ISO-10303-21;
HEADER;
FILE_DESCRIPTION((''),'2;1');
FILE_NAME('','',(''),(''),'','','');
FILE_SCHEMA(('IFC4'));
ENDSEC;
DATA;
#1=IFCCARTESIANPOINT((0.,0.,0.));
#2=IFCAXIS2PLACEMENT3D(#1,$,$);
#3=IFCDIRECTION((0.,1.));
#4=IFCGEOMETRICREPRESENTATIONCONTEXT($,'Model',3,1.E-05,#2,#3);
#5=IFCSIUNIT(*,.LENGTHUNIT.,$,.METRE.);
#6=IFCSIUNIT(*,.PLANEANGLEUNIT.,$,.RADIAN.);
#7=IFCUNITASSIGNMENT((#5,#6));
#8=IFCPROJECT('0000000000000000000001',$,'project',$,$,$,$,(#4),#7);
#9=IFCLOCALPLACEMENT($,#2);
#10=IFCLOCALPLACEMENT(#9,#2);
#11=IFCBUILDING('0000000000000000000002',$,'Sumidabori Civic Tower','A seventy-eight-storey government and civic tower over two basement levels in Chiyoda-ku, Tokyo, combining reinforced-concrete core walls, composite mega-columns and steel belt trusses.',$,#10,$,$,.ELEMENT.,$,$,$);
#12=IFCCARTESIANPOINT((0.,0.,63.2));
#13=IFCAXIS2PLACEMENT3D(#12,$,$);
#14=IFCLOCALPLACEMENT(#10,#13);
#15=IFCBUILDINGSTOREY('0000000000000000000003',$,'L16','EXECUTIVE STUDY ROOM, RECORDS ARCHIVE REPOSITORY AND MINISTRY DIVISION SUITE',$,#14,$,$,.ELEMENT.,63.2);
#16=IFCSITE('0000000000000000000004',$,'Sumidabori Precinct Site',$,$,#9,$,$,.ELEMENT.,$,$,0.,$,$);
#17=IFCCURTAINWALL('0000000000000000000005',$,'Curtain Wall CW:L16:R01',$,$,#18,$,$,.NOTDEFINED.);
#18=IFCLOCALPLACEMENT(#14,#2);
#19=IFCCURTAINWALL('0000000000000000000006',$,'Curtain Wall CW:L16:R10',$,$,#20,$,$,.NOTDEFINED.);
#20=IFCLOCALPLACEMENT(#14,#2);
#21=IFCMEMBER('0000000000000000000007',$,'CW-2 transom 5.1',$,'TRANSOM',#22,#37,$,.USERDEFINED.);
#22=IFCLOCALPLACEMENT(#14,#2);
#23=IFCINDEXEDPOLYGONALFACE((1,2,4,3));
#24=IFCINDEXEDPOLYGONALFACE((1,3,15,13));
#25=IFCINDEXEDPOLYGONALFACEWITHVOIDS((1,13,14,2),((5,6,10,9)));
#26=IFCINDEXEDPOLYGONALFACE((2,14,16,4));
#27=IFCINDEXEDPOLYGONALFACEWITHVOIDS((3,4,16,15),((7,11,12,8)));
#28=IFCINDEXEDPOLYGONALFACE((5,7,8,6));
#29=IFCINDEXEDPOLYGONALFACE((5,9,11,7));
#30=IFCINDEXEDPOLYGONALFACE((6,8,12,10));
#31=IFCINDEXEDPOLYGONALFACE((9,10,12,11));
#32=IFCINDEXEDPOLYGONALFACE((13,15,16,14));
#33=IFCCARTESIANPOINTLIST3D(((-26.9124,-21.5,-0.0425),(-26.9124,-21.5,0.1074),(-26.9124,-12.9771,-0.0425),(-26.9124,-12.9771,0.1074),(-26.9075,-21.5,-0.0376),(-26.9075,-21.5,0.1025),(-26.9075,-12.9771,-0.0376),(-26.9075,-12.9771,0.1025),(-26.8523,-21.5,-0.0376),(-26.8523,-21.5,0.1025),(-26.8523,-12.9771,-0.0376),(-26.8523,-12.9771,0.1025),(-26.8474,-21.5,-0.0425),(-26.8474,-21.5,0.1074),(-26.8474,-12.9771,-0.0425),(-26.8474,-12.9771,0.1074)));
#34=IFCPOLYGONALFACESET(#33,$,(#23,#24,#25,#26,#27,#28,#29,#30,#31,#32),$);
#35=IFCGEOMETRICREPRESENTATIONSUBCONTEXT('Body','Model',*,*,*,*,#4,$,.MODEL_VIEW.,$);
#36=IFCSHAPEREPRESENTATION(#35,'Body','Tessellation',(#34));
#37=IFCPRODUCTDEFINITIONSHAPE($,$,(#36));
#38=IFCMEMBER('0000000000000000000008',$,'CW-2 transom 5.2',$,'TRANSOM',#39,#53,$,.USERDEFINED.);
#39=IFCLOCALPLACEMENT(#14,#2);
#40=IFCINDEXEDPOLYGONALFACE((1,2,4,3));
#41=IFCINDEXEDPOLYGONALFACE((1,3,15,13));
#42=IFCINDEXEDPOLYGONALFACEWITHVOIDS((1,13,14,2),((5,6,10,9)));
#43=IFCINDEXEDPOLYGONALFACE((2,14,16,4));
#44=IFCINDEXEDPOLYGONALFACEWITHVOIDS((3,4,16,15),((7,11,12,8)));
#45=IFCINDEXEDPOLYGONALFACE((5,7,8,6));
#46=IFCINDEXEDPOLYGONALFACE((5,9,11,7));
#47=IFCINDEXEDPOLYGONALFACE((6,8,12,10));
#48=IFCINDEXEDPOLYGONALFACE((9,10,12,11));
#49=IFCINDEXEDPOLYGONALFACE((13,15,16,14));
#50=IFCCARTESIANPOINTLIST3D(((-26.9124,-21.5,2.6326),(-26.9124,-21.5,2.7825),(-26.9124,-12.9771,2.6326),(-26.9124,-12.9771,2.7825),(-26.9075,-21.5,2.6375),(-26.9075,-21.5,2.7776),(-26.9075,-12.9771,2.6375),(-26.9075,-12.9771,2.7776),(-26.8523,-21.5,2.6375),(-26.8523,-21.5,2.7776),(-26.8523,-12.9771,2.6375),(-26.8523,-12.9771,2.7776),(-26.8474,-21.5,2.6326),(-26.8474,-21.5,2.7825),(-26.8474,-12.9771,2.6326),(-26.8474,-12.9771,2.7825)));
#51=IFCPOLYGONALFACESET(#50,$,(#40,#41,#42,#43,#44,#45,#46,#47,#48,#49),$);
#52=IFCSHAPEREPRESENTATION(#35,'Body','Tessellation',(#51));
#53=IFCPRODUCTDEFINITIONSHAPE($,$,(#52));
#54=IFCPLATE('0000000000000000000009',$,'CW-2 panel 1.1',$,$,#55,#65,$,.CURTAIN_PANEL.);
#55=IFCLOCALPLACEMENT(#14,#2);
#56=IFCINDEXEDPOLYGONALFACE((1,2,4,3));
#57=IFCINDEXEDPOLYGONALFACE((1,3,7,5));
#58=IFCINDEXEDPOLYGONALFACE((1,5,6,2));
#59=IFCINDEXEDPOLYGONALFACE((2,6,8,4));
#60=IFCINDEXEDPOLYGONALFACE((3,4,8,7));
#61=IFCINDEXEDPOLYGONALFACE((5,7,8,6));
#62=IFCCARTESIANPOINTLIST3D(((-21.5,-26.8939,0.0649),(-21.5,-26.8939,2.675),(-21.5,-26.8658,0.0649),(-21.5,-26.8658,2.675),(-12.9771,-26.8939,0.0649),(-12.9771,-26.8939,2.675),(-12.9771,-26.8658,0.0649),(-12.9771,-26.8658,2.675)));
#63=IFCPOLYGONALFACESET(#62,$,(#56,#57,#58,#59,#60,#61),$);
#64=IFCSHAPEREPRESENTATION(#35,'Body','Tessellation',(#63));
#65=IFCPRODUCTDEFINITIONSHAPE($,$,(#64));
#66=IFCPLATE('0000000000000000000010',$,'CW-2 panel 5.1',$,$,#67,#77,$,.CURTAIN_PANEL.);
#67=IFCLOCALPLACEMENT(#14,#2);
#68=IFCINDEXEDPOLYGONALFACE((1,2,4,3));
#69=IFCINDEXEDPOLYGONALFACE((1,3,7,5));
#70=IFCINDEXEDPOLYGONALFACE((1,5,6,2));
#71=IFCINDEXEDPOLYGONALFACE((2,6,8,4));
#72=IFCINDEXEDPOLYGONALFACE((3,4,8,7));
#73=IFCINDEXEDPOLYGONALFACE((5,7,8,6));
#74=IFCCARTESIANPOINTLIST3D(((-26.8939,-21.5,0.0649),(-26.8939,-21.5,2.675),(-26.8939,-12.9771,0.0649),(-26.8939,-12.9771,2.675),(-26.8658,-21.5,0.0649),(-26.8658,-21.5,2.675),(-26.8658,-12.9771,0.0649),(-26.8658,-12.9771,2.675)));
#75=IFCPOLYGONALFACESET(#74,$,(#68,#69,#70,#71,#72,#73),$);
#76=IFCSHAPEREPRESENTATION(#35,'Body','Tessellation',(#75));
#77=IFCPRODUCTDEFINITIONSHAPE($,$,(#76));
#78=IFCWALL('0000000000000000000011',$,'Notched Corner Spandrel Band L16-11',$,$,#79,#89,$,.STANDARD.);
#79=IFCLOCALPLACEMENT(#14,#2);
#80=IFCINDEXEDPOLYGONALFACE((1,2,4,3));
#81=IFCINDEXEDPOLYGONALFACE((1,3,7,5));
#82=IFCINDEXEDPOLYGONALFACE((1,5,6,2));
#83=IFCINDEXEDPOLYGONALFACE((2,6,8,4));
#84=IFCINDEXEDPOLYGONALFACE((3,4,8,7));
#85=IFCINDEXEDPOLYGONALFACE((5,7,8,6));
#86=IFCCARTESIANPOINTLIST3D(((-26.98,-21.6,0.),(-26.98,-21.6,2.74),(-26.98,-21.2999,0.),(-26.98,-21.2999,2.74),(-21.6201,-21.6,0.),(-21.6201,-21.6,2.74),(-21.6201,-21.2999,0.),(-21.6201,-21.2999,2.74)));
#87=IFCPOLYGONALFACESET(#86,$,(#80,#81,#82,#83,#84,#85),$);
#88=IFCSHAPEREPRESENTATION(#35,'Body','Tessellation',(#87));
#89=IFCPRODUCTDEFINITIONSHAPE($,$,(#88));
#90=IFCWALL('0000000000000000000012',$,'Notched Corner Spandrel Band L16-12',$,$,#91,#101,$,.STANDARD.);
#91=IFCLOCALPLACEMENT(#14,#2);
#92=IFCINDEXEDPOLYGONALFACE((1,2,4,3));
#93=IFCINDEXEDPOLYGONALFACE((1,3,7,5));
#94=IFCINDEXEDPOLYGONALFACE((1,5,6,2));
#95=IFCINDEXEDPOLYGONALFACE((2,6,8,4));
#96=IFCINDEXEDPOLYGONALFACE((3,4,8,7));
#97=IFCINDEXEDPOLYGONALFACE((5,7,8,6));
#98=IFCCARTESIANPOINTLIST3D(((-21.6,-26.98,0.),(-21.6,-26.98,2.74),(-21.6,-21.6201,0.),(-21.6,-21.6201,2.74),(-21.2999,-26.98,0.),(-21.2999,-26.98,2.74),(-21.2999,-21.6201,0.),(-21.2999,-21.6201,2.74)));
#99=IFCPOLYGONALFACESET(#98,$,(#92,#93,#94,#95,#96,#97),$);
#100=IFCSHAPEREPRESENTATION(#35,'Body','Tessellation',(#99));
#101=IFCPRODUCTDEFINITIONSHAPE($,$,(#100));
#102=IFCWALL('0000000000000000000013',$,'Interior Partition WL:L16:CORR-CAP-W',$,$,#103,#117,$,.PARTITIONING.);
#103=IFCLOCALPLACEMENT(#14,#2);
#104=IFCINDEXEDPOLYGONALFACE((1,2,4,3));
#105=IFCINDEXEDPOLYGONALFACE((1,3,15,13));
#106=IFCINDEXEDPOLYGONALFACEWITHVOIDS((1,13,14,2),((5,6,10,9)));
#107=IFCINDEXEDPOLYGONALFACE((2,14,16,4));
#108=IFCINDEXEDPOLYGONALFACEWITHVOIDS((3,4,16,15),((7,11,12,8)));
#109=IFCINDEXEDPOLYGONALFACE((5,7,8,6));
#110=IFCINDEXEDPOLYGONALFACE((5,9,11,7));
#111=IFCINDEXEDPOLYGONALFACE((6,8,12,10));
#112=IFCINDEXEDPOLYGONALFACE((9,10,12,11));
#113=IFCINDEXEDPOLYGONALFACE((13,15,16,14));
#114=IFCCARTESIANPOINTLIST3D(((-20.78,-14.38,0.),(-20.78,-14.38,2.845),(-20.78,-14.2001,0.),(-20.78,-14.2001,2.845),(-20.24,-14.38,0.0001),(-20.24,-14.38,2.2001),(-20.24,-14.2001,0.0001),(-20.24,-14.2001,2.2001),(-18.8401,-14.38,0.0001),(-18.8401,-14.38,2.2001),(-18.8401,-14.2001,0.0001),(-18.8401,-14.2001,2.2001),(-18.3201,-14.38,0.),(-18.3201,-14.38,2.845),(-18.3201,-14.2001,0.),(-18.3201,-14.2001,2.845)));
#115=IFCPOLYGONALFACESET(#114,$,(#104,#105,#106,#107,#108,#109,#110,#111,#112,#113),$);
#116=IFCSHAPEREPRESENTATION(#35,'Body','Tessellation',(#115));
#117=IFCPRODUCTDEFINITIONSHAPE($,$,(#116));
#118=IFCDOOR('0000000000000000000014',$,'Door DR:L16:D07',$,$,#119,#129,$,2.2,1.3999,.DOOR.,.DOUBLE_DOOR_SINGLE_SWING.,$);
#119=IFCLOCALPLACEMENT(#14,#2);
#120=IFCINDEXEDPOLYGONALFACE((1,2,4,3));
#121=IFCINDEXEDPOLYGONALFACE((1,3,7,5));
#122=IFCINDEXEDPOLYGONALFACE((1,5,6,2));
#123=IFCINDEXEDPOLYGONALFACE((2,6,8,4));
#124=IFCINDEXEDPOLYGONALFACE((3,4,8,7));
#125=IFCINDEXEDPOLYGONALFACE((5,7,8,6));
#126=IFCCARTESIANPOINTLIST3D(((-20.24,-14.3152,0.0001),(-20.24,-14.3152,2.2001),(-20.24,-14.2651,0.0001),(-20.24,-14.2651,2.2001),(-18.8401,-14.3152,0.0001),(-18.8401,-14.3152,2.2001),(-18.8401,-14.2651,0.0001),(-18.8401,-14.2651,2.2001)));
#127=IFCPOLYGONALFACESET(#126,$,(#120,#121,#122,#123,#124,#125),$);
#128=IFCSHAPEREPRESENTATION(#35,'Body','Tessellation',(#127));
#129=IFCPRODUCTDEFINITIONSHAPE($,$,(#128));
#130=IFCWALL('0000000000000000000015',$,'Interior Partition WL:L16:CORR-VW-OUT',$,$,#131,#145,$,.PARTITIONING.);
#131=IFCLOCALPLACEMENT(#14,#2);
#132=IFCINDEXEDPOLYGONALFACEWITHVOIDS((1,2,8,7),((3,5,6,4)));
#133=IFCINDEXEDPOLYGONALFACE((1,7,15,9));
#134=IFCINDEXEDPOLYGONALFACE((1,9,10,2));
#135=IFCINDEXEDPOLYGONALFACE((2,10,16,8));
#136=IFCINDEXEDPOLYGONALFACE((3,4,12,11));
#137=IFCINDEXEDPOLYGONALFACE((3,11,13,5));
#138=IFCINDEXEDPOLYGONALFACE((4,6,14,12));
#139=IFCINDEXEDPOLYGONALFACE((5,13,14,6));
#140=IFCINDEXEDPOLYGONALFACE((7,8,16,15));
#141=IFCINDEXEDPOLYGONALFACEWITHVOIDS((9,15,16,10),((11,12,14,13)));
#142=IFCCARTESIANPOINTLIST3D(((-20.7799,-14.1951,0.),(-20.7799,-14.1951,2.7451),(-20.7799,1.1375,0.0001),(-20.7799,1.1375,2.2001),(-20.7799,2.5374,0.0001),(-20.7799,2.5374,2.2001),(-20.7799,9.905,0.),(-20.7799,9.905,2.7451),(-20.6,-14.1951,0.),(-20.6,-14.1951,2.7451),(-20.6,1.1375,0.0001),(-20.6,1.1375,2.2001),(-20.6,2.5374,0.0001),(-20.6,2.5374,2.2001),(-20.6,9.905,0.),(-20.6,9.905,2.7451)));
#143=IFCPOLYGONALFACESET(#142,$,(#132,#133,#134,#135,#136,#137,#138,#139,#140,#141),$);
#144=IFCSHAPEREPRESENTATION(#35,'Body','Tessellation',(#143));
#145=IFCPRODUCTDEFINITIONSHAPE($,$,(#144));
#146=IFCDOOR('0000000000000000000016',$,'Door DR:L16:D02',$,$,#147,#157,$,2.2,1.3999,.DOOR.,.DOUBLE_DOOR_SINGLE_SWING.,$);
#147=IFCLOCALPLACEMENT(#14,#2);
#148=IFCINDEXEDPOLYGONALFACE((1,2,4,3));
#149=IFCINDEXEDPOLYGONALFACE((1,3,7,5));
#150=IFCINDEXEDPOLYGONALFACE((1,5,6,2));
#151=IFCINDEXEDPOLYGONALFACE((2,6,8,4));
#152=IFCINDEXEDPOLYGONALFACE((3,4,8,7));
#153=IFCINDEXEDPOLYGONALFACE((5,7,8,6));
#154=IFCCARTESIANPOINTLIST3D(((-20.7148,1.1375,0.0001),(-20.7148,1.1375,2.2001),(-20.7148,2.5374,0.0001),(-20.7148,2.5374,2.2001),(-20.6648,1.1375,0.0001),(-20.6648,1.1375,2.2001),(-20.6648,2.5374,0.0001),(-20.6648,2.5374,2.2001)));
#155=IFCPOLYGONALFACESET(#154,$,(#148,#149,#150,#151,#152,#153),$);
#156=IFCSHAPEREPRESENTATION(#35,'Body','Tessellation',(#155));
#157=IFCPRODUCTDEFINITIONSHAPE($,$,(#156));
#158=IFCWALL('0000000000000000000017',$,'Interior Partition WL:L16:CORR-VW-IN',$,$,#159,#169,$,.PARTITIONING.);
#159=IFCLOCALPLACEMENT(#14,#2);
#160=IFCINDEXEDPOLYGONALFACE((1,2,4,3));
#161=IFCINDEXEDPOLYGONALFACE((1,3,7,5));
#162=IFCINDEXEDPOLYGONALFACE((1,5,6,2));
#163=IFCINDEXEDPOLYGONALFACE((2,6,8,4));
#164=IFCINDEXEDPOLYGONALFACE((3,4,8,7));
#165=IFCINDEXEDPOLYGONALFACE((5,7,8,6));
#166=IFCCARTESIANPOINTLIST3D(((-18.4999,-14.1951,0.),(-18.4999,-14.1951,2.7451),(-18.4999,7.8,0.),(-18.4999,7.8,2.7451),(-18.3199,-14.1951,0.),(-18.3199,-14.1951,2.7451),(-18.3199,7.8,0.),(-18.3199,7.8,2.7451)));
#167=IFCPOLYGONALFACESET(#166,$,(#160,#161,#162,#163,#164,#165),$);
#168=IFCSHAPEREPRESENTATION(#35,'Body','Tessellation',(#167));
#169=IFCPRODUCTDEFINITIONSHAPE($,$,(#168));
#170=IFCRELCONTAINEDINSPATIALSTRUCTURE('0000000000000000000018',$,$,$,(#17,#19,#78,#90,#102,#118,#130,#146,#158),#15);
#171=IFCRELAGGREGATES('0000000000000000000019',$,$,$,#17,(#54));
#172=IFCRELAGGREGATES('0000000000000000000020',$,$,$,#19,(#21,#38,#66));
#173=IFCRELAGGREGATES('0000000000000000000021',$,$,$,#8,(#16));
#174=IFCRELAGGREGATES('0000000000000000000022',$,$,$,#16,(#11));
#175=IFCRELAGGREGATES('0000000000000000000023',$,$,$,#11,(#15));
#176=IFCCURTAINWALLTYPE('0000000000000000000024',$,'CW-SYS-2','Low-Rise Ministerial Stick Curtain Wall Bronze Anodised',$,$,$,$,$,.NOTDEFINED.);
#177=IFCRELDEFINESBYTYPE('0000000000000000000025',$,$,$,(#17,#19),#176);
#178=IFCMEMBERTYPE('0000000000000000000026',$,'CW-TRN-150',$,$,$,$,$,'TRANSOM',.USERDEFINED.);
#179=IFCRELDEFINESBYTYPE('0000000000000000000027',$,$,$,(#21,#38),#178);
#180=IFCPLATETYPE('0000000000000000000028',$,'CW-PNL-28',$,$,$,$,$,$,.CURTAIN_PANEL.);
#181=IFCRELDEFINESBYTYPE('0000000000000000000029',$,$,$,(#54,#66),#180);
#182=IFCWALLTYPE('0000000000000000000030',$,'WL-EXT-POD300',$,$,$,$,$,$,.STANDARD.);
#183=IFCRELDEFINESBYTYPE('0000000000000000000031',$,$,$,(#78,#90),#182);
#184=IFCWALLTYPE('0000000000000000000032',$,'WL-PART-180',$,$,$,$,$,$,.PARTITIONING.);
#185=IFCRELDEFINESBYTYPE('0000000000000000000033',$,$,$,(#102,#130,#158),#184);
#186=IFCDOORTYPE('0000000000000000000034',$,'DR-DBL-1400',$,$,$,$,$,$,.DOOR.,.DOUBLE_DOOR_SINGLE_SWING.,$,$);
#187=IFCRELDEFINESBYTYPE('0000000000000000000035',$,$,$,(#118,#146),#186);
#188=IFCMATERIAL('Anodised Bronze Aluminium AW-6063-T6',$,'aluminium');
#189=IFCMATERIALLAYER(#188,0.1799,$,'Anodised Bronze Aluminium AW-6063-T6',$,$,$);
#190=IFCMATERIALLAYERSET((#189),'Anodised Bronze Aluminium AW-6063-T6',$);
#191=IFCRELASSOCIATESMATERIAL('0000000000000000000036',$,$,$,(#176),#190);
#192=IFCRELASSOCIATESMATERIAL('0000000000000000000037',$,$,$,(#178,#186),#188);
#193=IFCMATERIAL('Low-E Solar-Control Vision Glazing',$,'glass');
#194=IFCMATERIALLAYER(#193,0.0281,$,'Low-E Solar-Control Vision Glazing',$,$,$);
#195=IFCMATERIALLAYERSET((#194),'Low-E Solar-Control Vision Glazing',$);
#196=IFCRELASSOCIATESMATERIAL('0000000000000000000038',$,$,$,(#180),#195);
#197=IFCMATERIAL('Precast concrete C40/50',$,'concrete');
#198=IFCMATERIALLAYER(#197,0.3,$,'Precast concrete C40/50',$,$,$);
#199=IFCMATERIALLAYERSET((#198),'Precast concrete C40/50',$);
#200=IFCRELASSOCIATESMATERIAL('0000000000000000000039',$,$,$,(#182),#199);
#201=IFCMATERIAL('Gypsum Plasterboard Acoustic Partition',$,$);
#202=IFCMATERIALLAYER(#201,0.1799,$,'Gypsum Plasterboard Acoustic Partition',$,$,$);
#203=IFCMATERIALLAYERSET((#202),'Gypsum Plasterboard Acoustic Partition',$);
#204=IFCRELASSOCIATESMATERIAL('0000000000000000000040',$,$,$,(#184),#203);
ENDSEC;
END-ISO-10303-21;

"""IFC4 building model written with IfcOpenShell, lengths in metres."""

from ifc_helpers import new_model, si_unit, direction, frame, frame_2d, origin, origin_2d, place, context, subcontext, project, spatial, rectangle, hollow_rectangle, extrude, source, transform, mapped, material, layer, layer_set, material_profile, profile_set, type_object, element, fill, aggregate, save


model = new_model("IFC4")

# Units and contexts
model_context = context("Model", 3, precision=1e-05, world=origin(), true_north=direction((0.0, 1.0)))
body_context = subcontext(model_context, "Body", "Model", "MODEL_VIEW")
ifc_project = project(units=[si_unit("LENGTHUNIT", "METRE"), si_unit("PLANEANGLEUNIT", "RADIAN")], contexts=[model_context])

# Site, building, storey
site_placement = place(None, origin())
site = spatial("IfcSite", under=ifc_project, at=site_placement, Name="Sumidabori Precinct Site", CompositionType="ELEMENT", RefElevation=0.0)
building_placement = place(site_placement, origin())
building = spatial("IfcBuilding", under=site, at=building_placement, Name="Sumidabori Civic Tower", Description="A seventy-eight-storey government and civic tower over two basement levels in Chiyoda-ku, Tokyo, combining reinforced-concrete core walls, composite mega-columns and steel belt trusses.", CompositionType="ELEMENT")
storey_placement = place(building_placement, frame((0.0, 0.0, 63.2)))
storey = spatial("IfcBuildingStorey", under=building, at=storey_placement, Name="L16", Description="EXECUTIVE STUDY ROOM, RECORDS ARCHIVE REPOSITORY AND MINISTRY DIVISION SUITE", CompositionType="ELEMENT", Elevation=63.2)

# Curtain walls
ifc_material_1 = material(Name="Anodised Bronze Aluminium AW-6063-T6", Category="aluminium")
ifc_layer_1 = layer(ifc_material_1, 0.1799, Name="Anodised Bronze Aluminium AW-6063-T6")
ifc_layer_set_1 = layer_set([ifc_layer_1], Name="Anodised Bronze Aluminium AW-6063-T6")
curtain_wall_type = type_object("IfcCurtainWallType", Name="CW-SYS-2", Description="Low-Rise Ministerial Stick Curtain Wall Bronze Anodised", PredefinedType="NOTDEFINED", material=ifc_layer_set_1)
curtain_wall_1_placement = place(storey_placement, origin())
curtain_wall_1 = element("IfcCurtainWall", 1, at=curtain_wall_1_placement, inside=storey, type_object=curtain_wall_type, Name="Curtain Wall CW:L16:R01", PredefinedType="NOTDEFINED")
curtain_wall_2_placement = place(storey_placement, origin())
curtain_wall_2 = element("IfcCurtainWall", 2, at=curtain_wall_2_placement, inside=storey, type_object=curtain_wall_type, Name="Curtain Wall CW:L16:R10", PredefinedType="NOTDEFINED")

# Members
ifc_material_profile_1 = material_profile(ifc_material_1, hollow_rectangle(XDim=0.0649, YDim=0.1499, WallThickness=0.0049, at=origin_2d()), Name="ALU TRANSOM 150x65")
ifc_profile_set_1 = profile_set([ifc_material_profile_1], Name="Anodised Bronze Aluminium AW-6063-T6")
member_type_1 = type_object("IfcMemberType", Name="CW-TRN-150", ElementType="TRANSOM", PredefinedType="USERDEFINED", material=ifc_profile_set_1)
shared_shape_1 = source(origin(), body_context, "Body", "SweptSolid", [
    extrude(hollow_rectangle(XDim=0.0649, YDim=0.1499, WallThickness=0.0049, at=origin_2d()), origin(), (0.0, 0.0, 1.0), 8.5229),
])
member_1_placement = place(storey_placement, frame((-26.8799, -12.9771, 0.0325), z_axis=(0.0, -1.0, 0.0), x_axis=(1.0, 0.0, 0.0)))
member_1 = element("IfcMember", 3, at=member_1_placement, type_object=member_type_1, Name="CW-2 transom 5.1", ObjectType="TRANSOM", PredefinedType="USERDEFINED", context=body_context, shape_type="MappedRepresentation", body=[
    mapped(shared_shape_1, transform((0.0, 0.0, 0.0), x_axis=(1.0, 0.0, 0.0), y_axis=(0.0, 1.0, 0.0), z_axis=(0.0, 0.0, 1.0), scale=1.0)),
])
member_2_placement = place(storey_placement, frame((-26.8799, -12.9771, 2.7075), z_axis=(0.0, -1.0, 0.0), x_axis=(1.0, 0.0, 0.0)))
member_2 = element("IfcMember", 4, at=member_2_placement, type_object=member_type_1, Name="CW-2 transom 5.2", ObjectType="TRANSOM", PredefinedType="USERDEFINED", context=body_context, shape_type="MappedRepresentation", body=[
    mapped(shared_shape_1, transform((0.0, 0.0, 0.0), x_axis=(1.0, 0.0, 0.0), y_axis=(0.0, 1.0, 0.0), z_axis=(0.0, 0.0, 1.0), scale=1.0)),
])

# Plates
ifc_material_2 = material(Name="Low-E Solar-Control Vision Glazing", Category="glass")
ifc_layer_2 = layer(ifc_material_2, 0.0281, Name="Low-E Solar-Control Vision Glazing")
ifc_layer_set_2 = layer_set([ifc_layer_2], Name="Low-E Solar-Control Vision Glazing")
plate_type = type_object("IfcPlateType", Name="CW-PNL-28", PredefinedType="CURTAIN_PANEL", material=ifc_layer_set_2)
shared_shape_2 = source(origin(), body_context, "Body", "SweptSolid", [
    extrude(rectangle(XDim=8.5229, YDim=0.0281, at=origin_2d()), origin(), (0.0, 0.0, 1.0), 2.6101),
])
plate_1_placement = place(storey_placement, frame((-17.2385, -26.8799, 0.0649), z_axis=(0.0, 0.0, 1.0), x_axis=(1.0, 0.0, 0.0)))
plate_1 = element("IfcPlate", 5, at=plate_1_placement, type_object=plate_type, Name="CW-2 panel 1.1", PredefinedType="CURTAIN_PANEL", context=body_context, shape_type="MappedRepresentation", body=[
    mapped(shared_shape_2, transform((0.0, 0.0, 0.0), x_axis=(1.0, 0.0, 0.0), y_axis=(0.0, 1.0, 0.0), z_axis=(0.0, 0.0, 1.0), scale=1.0)),
])
aggregate(curtain_wall_1, [plate_1])
plate_2_placement = place(storey_placement, frame((-26.8799, -17.2385, 0.0649), z_axis=(0.0, 0.0, 1.0), x_axis=(0.0, -1.0, 0.0)))
plate_2 = element("IfcPlate", 6, at=plate_2_placement, type_object=plate_type, Name="CW-2 panel 5.1", PredefinedType="CURTAIN_PANEL", context=body_context, shape_type="MappedRepresentation", body=[
    mapped(shared_shape_2, transform((0.0, 0.0, 0.0), x_axis=(1.0, 0.0, 0.0), y_axis=(0.0, 1.0, 0.0), z_axis=(0.0, 0.0, 1.0), scale=1.0)),
])
aggregate(curtain_wall_2, [member_1, member_2, plate_2])

# Walls
ifc_material_3 = material(Name="Precast concrete C40/50", Category="concrete")
ifc_layer_3 = layer(ifc_material_3, 0.3, Name="Precast concrete C40/50")
ifc_layer_set_3 = layer_set([ifc_layer_3], Name="Precast concrete C40/50")
wall_type_1 = type_object("IfcWallType", Name="WL-EXT-POD300", PredefinedType="STANDARD", material=ifc_layer_set_3)
shared_shape_3 = source(origin(), body_context, "Body", "SweptSolid", [
    extrude(rectangle(XDim=5.3599, YDim=0.3, at=frame_2d((2.6799, 0.0))), origin(), (0.0, 0.0, 1.0), 2.74),
])
for number, where, z_axis, x_axis, name in (
    (7, (-26.98, -21.45, 0.0), (0.0, 0.0, 1.0), (1.0, 0.0, 0.0), "Notched Corner Spandrel Band L16-11"),
    (8, (-21.45, -21.6201, 0.0), (0.0, 0.0, 1.0), (0.0, -1.0, 0.0), "Notched Corner Spandrel Band L16-12"),
):
    element("IfcWall", number, at=place(storey_placement, frame(where, z_axis=z_axis, x_axis=x_axis)), inside=storey, type_object=wall_type_1, Name=name, PredefinedType="STANDARD", context=body_context, shape_type="MappedRepresentation", body=[
        mapped(shared_shape_3, transform((0.0, 0.0, 0.0), x_axis=(1.0, 0.0, 0.0), y_axis=(0.0, 1.0, 0.0), z_axis=(0.0, 0.0, 1.0), scale=1.0)),
    ])

# Walls, openings, doors
ifc_material_4 = material(Name="Gypsum Plasterboard Acoustic Partition")
ifc_layer_4 = layer(ifc_material_4, 0.1799, Name="Gypsum Plasterboard Acoustic Partition")
ifc_layer_set_4 = layer_set([ifc_layer_4], Name="Gypsum Plasterboard Acoustic Partition")
wall_type_2 = type_object("IfcWallType", Name="WL-PART-180", PredefinedType="PARTITIONING", material=ifc_layer_set_4)
shared_shape_4 = source(origin(), body_context, "Body", "SweptSolid", [
    extrude(rectangle(XDim=2.46, YDim=0.1799, at=frame_2d((1.23, 0.0))), origin(), (0.0, 0.0, 1.0), 2.845),
])
wall_1_placement = place(storey_placement, frame((-20.78, -14.29, 0.0), z_axis=(0.0, 0.0, 1.0), x_axis=(1.0, 0.0, 0.0)))
wall_1 = element("IfcWall", 9, at=wall_1_placement, inside=storey, type_object=wall_type_2, Name="Interior Partition WL:L16:CORR-CAP-W", PredefinedType="PARTITIONING", context=body_context, shape_type="MappedRepresentation", body=[
    mapped(shared_shape_4, transform((0.0, 0.0, 0.0), x_axis=(1.0, 0.0, 0.0), y_axis=(0.0, 1.0, 0.0), z_axis=(0.0, 0.0, 1.0), scale=1.0)),
])
opening_1_placement = place(wall_1_placement, frame((0.54, 0.0, 0.0)))
opening_1 = element("IfcOpeningElement", 10, at=opening_1_placement, cuts=wall_1, PredefinedType="OPENING", context=body_context, shape_type="SweptSolid", body=[
    extrude(rectangle(XDim=1.3999, YDim=2.2, at=frame_2d((0.7, 1.1001))), frame((0.0, 0.1021, 0.0), z_axis=(0.0, -1.0, 0.0), x_axis=(1.0, 0.0, 0.0)), (0.0, 0.0, 1.0), 0.2039),
])
door_type = type_object("IfcDoorType", Name="DR-DBL-1400", OperationType="DOUBLE_DOOR_SINGLE_SWING", PredefinedType="DOOR", material=ifc_material_1)
shared_shape_5 = source(origin(), body_context, "Body", "SweptSolid", [
    extrude(rectangle(XDim=1.3999, YDim=2.2, at=frame_2d((0.7, 1.1001))), frame((0.0, 0.0249, 0.0), z_axis=(0.0, -1.0, 0.0), x_axis=(1.0, 0.0, 0.0)), (0.0, 0.0, 1.0), 0.05),
])
door_1_placement = place(opening_1_placement, origin())
door_1 = element("IfcDoor", 11, at=door_1_placement, inside=storey, type_object=door_type, Name="Door DR:L16:D07", OperationType="DOUBLE_DOOR_SINGLE_SWING", OverallHeight=2.2, OverallWidth=1.3999, PredefinedType="DOOR", context=body_context, shape_type="MappedRepresentation", body=[
    mapped(shared_shape_5, transform((0.0, 0.0, 0.0), x_axis=(1.0, 0.0, 0.0), y_axis=(0.0, 1.0, 0.0), z_axis=(0.0, 0.0, 1.0), scale=1.0)),
])
fill(opening_1, door_1)
shared_shape_6 = source(origin(), body_context, "Body", "SweptSolid", [
    extrude(rectangle(XDim=24.1001, YDim=0.1799, at=frame_2d((12.05, 0.0))), origin(), (0.0, 0.0, 1.0), 2.7451),
])
wall_2_placement = place(storey_placement, frame((-20.6899, -14.1951, 0.0), z_axis=(0.0, 0.0, 1.0), x_axis=(0.0, 1.0, 0.0)))
wall_2 = element("IfcWall", 12, at=wall_2_placement, inside=storey, type_object=wall_type_2, Name="Interior Partition WL:L16:CORR-VW-OUT", PredefinedType="PARTITIONING", context=body_context, shape_type="MappedRepresentation", body=[
    mapped(shared_shape_6, transform((0.0, 0.0, 0.0), x_axis=(1.0, 0.0, 0.0), y_axis=(0.0, 1.0, 0.0), z_axis=(0.0, 0.0, 1.0), scale=1.0)),
])
opening_2_placement = place(wall_2_placement, frame((15.3325, 0.0, 0.0)))
opening_2 = element("IfcOpeningElement", 13, at=opening_2_placement, cuts=wall_2, PredefinedType="OPENING", context=body_context, shape_type="SweptSolid", body=[
    extrude(rectangle(XDim=1.3999, YDim=2.2, at=frame_2d((0.7, 1.1001))), frame((0.0, 0.1021, 0.0), z_axis=(0.0, -1.0, 0.0), x_axis=(1.0, 0.0, 0.0)), (0.0, 0.0, 1.0), 0.2039),
])
door_2_placement = place(opening_2_placement, origin())
door_2 = element("IfcDoor", 14, at=door_2_placement, inside=storey, type_object=door_type, Name="Door DR:L16:D02", OperationType="DOUBLE_DOOR_SINGLE_SWING", OverallHeight=2.2, OverallWidth=1.3999, PredefinedType="DOOR", context=body_context, shape_type="MappedRepresentation", body=[
    mapped(shared_shape_5, transform((0.0, 0.0, 0.0), x_axis=(1.0, 0.0, 0.0), y_axis=(0.0, 1.0, 0.0), z_axis=(0.0, 0.0, 1.0), scale=1.0)),
])
fill(opening_2, door_2)

# Wall
shared_shape_7 = source(origin(), body_context, "Body", "SweptSolid", [
    extrude(rectangle(XDim=21.9951, YDim=0.1799, at=frame_2d((10.9976, 0.0))), origin(), (0.0, 0.0, 1.0), 2.7451),
])
wall_3_placement = place(storey_placement, frame((-18.4099, -14.1951, 0.0), z_axis=(0.0, 0.0, 1.0), x_axis=(0.0, 1.0, 0.0)))
element("IfcWall", 15, at=wall_3_placement, inside=storey, type_object=wall_type_2, Name="Interior Partition WL:L16:CORR-VW-IN", PredefinedType="PARTITIONING", context=body_context, shape_type="MappedRepresentation", body=[
    mapped(shared_shape_7, transform((0.0, 0.0, 0.0), x_axis=(1.0, 0.0, 0.0), y_axis=(0.0, 1.0, 0.0), z_axis=(0.0, 0.0, 1.0), scale=1.0)),
])

save(model, "model.ifc")
